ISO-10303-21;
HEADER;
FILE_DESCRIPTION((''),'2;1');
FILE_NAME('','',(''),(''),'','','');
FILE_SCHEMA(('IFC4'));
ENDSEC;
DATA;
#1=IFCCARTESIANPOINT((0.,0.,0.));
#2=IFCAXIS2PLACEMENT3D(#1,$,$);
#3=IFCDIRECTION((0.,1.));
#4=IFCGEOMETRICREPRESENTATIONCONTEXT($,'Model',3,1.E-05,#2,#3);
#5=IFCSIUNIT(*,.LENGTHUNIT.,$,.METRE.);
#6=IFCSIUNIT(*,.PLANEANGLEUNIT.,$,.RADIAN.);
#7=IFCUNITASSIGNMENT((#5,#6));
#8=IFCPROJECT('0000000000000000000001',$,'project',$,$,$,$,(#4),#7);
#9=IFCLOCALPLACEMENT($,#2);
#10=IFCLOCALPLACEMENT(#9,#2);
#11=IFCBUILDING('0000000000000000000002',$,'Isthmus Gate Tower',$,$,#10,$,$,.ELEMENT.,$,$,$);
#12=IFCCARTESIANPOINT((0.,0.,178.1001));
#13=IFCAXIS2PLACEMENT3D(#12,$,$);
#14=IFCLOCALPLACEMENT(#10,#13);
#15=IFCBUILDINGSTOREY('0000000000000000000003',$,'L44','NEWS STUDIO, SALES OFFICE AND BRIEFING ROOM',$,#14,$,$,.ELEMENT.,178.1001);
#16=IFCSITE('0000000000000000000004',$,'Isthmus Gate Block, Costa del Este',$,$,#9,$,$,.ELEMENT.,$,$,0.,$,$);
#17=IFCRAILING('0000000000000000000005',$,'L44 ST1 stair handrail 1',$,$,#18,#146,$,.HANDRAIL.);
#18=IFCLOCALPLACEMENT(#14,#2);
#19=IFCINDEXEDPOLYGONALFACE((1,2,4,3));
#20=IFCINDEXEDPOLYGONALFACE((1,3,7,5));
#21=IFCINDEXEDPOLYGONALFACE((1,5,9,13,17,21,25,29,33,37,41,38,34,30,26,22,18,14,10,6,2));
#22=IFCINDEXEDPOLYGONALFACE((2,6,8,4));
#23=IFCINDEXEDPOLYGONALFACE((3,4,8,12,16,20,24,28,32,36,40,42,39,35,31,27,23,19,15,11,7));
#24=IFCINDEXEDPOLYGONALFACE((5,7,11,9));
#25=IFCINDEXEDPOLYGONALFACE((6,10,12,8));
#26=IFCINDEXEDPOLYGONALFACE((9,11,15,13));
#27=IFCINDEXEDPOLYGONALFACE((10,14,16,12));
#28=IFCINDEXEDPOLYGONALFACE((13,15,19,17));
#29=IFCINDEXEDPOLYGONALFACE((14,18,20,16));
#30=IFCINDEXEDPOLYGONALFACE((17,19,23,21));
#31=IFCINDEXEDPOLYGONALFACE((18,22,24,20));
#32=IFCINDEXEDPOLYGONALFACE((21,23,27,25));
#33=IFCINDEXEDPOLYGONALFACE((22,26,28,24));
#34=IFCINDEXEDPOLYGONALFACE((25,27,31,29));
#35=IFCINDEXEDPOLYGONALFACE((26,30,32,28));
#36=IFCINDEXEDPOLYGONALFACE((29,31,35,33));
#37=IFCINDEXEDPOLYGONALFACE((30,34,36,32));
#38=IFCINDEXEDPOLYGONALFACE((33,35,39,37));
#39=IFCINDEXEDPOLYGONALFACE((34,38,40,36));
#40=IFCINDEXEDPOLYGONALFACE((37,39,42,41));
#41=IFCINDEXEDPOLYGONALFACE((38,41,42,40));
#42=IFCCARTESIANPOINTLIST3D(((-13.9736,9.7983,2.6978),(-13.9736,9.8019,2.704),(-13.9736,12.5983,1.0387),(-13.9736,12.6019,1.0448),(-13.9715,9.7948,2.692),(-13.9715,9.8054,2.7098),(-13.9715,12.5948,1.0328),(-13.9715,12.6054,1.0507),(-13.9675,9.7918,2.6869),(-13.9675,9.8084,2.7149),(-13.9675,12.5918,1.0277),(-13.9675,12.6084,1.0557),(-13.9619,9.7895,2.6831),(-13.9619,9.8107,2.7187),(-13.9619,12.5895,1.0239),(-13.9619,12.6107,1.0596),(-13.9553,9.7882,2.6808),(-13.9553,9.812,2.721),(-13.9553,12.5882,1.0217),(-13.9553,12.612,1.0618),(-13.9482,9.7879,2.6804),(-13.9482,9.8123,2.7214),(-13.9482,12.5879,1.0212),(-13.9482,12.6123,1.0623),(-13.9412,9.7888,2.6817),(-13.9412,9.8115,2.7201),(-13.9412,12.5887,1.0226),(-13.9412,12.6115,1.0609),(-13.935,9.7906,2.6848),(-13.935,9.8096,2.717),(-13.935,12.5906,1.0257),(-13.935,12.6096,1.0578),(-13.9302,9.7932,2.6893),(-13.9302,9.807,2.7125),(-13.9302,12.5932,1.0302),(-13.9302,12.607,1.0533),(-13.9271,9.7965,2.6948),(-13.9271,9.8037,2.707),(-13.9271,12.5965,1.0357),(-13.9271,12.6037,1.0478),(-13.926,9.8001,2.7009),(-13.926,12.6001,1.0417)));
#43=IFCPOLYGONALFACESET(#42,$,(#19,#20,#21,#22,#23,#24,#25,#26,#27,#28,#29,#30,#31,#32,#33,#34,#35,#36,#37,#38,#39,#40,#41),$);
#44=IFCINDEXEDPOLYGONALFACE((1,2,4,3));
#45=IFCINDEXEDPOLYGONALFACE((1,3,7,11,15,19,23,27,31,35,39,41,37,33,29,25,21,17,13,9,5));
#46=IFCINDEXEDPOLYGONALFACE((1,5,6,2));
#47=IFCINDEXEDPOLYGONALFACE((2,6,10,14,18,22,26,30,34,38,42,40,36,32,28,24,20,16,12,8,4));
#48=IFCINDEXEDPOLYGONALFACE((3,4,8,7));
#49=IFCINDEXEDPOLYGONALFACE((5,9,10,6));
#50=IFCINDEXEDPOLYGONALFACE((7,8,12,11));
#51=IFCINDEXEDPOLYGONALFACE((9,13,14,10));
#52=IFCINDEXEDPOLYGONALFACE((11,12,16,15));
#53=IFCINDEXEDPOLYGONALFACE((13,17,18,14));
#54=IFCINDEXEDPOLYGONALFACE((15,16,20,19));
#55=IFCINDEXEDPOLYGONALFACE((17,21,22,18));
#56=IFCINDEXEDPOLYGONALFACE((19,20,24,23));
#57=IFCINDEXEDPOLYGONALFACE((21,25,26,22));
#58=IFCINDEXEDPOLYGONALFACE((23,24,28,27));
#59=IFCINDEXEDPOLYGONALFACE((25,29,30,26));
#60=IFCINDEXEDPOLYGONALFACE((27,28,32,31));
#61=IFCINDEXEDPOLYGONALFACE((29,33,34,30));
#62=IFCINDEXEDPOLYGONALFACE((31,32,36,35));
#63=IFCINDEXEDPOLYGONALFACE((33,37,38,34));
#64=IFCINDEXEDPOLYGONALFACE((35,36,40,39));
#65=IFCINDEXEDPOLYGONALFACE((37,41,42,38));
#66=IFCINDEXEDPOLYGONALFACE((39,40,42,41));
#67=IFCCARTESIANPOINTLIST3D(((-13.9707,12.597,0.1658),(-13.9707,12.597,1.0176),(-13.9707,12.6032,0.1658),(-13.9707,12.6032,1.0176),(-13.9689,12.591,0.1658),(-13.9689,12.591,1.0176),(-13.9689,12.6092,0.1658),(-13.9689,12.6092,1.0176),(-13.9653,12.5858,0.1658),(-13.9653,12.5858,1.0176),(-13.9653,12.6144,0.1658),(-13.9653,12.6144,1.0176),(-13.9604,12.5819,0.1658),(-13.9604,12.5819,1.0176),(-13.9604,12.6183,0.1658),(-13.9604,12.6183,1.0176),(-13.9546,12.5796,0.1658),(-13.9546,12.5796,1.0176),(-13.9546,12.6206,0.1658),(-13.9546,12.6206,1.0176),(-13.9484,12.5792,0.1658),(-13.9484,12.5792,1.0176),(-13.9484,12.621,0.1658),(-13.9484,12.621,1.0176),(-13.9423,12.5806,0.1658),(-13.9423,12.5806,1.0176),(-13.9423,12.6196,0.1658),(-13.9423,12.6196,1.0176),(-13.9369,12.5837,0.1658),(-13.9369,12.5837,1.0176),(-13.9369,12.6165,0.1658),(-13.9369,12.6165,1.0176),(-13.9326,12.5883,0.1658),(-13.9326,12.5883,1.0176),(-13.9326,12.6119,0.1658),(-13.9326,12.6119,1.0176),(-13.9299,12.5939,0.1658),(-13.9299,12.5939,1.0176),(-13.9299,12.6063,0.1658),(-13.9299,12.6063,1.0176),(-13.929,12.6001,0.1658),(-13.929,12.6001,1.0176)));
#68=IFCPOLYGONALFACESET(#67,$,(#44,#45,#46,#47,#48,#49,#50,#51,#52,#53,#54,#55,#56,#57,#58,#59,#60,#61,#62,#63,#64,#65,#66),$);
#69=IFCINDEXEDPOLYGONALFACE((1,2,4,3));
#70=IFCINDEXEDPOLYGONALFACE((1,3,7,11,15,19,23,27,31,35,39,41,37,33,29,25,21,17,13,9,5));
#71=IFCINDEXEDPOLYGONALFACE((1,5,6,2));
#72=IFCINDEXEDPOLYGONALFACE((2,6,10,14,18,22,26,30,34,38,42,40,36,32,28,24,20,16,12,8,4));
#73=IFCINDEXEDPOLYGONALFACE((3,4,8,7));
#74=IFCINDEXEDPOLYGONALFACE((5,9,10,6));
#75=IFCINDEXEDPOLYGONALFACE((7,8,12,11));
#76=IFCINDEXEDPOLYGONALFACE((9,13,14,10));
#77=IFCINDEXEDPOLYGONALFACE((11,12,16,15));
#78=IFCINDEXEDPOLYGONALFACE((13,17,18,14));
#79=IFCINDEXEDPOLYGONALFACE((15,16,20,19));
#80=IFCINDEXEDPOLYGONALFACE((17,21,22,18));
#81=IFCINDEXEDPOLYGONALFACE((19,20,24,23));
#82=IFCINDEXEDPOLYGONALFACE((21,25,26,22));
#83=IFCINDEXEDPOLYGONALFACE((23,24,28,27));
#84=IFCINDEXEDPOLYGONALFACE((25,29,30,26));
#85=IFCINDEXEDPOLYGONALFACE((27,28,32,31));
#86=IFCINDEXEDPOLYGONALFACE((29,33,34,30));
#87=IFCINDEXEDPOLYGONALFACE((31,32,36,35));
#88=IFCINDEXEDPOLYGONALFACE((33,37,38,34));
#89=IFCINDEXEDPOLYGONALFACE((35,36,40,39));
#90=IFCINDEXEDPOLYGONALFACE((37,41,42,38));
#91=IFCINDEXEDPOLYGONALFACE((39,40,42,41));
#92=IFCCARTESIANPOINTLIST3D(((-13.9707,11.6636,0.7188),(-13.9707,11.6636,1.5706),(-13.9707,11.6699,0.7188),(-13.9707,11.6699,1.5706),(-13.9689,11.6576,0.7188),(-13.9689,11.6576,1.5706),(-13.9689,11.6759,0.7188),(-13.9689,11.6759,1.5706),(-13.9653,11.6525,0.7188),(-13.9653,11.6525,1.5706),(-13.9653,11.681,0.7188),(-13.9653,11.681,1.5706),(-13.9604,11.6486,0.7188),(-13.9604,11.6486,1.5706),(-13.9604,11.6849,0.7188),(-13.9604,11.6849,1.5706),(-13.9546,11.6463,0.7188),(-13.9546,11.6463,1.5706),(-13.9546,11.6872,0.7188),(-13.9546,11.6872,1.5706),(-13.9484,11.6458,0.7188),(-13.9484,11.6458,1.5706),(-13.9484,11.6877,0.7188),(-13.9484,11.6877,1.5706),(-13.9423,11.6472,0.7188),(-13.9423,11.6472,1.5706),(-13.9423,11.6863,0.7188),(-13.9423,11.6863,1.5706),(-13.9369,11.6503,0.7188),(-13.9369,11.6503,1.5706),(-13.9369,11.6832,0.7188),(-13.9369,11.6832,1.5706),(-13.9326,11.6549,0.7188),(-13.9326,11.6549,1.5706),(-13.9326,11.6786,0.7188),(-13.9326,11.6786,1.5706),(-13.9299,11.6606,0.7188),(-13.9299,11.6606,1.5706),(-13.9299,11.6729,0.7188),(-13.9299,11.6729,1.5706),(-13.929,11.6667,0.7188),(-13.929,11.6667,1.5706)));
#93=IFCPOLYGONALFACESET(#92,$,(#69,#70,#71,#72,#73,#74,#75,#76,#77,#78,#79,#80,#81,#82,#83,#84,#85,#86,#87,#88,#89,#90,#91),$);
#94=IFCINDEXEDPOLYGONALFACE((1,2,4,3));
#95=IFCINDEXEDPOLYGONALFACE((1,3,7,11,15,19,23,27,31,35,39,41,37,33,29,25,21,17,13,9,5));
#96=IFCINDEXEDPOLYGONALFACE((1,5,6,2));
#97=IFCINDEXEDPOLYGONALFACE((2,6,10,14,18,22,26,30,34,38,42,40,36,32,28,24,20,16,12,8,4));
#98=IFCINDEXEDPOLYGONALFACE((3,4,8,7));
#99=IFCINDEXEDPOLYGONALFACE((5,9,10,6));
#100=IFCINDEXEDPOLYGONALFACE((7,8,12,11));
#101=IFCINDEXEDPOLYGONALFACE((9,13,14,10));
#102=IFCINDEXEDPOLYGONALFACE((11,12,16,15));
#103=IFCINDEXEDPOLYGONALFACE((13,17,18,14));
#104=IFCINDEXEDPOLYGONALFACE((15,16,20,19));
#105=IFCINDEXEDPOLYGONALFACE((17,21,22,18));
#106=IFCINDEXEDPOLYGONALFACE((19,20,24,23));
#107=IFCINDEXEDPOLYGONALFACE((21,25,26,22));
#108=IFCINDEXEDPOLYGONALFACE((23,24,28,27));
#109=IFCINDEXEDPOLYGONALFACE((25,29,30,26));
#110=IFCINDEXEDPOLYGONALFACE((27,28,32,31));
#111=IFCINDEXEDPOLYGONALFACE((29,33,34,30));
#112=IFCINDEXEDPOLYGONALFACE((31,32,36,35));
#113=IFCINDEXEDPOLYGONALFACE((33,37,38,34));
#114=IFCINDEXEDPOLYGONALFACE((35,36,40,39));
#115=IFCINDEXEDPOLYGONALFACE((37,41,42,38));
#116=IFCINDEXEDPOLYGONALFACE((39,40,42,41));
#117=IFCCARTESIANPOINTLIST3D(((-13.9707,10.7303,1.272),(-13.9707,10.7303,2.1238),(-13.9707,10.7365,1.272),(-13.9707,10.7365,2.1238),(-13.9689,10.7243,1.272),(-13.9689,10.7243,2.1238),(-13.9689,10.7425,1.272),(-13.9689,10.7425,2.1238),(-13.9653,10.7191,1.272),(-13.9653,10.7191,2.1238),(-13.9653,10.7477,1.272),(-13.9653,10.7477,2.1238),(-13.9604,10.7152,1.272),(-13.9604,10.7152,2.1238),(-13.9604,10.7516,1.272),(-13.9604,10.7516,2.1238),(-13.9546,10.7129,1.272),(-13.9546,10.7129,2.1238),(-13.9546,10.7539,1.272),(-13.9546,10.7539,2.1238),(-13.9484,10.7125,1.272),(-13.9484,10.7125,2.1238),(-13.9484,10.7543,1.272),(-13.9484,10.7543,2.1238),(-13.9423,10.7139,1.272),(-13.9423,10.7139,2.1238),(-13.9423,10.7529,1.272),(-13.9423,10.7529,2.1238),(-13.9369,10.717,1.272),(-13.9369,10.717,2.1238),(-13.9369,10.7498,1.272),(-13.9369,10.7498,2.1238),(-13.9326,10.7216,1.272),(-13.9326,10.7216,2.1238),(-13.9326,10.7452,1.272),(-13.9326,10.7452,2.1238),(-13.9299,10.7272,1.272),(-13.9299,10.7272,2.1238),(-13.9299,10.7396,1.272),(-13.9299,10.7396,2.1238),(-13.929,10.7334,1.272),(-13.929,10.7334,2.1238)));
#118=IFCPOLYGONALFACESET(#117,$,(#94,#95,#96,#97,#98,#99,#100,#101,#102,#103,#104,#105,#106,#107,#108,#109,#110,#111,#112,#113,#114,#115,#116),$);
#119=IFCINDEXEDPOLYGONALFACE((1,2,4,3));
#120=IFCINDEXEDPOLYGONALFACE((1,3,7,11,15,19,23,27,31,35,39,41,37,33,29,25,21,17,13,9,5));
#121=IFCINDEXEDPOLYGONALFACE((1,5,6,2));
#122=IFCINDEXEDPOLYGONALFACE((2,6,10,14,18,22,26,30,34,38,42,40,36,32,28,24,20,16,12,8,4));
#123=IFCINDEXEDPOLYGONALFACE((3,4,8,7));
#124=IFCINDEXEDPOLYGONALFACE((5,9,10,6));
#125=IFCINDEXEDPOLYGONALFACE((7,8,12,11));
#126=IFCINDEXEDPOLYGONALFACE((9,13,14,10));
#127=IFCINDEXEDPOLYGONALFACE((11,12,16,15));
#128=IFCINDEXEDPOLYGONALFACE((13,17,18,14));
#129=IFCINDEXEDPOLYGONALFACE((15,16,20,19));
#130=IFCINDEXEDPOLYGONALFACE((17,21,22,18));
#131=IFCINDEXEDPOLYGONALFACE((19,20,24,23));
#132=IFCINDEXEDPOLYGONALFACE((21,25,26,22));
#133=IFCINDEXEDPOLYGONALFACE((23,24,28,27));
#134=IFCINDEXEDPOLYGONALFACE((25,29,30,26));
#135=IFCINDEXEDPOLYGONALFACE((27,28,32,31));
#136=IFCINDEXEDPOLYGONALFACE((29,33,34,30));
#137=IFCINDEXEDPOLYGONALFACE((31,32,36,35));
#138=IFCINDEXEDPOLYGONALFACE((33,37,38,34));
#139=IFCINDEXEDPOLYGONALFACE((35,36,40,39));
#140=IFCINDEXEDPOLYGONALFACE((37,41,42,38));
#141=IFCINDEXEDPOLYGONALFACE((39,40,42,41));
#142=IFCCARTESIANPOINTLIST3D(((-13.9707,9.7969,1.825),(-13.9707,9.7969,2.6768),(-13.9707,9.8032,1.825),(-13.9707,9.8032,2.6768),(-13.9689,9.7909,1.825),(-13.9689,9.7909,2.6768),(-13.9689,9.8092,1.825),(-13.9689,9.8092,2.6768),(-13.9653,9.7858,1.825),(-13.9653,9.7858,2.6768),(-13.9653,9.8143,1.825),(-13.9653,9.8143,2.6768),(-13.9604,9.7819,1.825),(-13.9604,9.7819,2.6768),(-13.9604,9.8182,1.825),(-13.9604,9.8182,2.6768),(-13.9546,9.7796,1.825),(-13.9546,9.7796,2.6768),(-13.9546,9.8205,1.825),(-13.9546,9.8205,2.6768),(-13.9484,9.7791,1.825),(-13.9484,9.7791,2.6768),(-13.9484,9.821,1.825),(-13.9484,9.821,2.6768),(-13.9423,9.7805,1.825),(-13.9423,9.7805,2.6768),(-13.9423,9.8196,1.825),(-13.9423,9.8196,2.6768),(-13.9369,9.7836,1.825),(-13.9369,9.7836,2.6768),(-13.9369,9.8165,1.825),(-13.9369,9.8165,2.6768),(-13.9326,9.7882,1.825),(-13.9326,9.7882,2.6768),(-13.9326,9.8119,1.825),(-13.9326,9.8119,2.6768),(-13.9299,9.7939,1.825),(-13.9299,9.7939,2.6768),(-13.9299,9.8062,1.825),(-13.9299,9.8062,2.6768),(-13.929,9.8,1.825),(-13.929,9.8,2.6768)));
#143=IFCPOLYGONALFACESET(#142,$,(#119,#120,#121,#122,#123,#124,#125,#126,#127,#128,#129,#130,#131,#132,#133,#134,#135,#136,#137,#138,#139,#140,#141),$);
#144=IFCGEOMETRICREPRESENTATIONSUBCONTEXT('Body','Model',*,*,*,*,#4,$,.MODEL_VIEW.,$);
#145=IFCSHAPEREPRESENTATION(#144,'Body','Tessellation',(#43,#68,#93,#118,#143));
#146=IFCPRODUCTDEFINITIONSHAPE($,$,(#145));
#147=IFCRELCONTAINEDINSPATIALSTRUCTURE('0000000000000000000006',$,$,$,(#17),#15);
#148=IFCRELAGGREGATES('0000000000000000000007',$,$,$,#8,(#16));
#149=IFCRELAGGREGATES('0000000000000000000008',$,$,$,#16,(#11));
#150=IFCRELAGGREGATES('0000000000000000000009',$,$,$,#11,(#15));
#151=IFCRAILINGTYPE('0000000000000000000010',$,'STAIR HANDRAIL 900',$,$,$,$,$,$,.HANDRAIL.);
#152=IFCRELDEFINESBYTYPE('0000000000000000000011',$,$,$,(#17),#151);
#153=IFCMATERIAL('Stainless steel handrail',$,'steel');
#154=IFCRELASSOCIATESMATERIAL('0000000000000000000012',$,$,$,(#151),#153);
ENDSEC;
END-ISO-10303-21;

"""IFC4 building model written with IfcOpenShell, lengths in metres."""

from ifc_helpers import new_model, si_unit, direction, frame, origin, origin_2d, place, context, subcontext, project, spatial, circle, extrude, material, type_object, element, save


model = new_model("IFC4")

# Units and contexts
model_context = context("Model", 3, precision=1e-05, world=origin(), true_north=direction((0.0, 1.0)))
body_context = subcontext(model_context, "Body", "Model", "MODEL_VIEW")
ifc_project = project(units=[si_unit("LENGTHUNIT", "METRE"), si_unit("PLANEANGLEUNIT", "RADIAN")], contexts=[model_context])

# Site, building, storey
site_placement = place(None, origin())
site = spatial("IfcSite", under=ifc_project, at=site_placement, Name="Isthmus Gate Block, Costa del Este", CompositionType="ELEMENT", RefElevation=0.0)
building_placement = place(site_placement, origin())
building = spatial("IfcBuilding", under=site, at=building_placement, Name="Isthmus Gate Tower", CompositionType="ELEMENT")
storey_placement = place(building_placement, frame((0.0, 0.0, 178.1001)))
storey = spatial("IfcBuildingStorey", under=building, at=storey_placement, Name="L44", Description="NEWS STUDIO, SALES OFFICE AND BRIEFING ROOM", CompositionType="ELEMENT", Elevation=178.1001)

# Railing
ifc_material_1 = material(Name="Stainless steel handrail", Category="steel")
railing_type_1 = type_object("IfcRailingType", Name="STAIR HANDRAIL 900", PredefinedType="HANDRAIL", material=ifc_material_1)
railing_1_placement = place(storey_placement, frame((-13.95, 12.6001, 0.1658)))
element("IfcRailing", 1, at=railing_1_placement, inside=storey, type_object=railing_type_1, Name="L44 ST1 stair handrail 1", PredefinedType="HANDRAIL", context=body_context, shape_type="SweptSolid", body=[
    extrude(circle(Radius=0.0239, at=origin_2d()), frame((0.0, 0.0, 0.876), z_axis=(0.0, -0.860306, 0.509778), x_axis=(1.0, 0.0, 0.0)), (0.0, 0.0, 1.0), 3.2546),
    extrude(circle(Radius=0.021, at=origin_2d()), origin(), (0.0, 0.0, 1.0), 0.8518),
    extrude(circle(Radius=0.021, at=origin_2d()), frame((0.0, -0.9333, 0.553)), (0.0, 0.0, 1.0), 0.8518),
    extrude(circle(Radius=0.021, at=origin_2d()), frame((0.0, -1.8667, 1.1062)), (0.0, 0.0, 1.0), 0.8518),
    extrude(circle(Radius=0.021, at=origin_2d()), frame((0.0, -2.8, 1.6592)), (0.0, 0.0, 1.0), 0.8518),
])

save(model, "model.ifc")
